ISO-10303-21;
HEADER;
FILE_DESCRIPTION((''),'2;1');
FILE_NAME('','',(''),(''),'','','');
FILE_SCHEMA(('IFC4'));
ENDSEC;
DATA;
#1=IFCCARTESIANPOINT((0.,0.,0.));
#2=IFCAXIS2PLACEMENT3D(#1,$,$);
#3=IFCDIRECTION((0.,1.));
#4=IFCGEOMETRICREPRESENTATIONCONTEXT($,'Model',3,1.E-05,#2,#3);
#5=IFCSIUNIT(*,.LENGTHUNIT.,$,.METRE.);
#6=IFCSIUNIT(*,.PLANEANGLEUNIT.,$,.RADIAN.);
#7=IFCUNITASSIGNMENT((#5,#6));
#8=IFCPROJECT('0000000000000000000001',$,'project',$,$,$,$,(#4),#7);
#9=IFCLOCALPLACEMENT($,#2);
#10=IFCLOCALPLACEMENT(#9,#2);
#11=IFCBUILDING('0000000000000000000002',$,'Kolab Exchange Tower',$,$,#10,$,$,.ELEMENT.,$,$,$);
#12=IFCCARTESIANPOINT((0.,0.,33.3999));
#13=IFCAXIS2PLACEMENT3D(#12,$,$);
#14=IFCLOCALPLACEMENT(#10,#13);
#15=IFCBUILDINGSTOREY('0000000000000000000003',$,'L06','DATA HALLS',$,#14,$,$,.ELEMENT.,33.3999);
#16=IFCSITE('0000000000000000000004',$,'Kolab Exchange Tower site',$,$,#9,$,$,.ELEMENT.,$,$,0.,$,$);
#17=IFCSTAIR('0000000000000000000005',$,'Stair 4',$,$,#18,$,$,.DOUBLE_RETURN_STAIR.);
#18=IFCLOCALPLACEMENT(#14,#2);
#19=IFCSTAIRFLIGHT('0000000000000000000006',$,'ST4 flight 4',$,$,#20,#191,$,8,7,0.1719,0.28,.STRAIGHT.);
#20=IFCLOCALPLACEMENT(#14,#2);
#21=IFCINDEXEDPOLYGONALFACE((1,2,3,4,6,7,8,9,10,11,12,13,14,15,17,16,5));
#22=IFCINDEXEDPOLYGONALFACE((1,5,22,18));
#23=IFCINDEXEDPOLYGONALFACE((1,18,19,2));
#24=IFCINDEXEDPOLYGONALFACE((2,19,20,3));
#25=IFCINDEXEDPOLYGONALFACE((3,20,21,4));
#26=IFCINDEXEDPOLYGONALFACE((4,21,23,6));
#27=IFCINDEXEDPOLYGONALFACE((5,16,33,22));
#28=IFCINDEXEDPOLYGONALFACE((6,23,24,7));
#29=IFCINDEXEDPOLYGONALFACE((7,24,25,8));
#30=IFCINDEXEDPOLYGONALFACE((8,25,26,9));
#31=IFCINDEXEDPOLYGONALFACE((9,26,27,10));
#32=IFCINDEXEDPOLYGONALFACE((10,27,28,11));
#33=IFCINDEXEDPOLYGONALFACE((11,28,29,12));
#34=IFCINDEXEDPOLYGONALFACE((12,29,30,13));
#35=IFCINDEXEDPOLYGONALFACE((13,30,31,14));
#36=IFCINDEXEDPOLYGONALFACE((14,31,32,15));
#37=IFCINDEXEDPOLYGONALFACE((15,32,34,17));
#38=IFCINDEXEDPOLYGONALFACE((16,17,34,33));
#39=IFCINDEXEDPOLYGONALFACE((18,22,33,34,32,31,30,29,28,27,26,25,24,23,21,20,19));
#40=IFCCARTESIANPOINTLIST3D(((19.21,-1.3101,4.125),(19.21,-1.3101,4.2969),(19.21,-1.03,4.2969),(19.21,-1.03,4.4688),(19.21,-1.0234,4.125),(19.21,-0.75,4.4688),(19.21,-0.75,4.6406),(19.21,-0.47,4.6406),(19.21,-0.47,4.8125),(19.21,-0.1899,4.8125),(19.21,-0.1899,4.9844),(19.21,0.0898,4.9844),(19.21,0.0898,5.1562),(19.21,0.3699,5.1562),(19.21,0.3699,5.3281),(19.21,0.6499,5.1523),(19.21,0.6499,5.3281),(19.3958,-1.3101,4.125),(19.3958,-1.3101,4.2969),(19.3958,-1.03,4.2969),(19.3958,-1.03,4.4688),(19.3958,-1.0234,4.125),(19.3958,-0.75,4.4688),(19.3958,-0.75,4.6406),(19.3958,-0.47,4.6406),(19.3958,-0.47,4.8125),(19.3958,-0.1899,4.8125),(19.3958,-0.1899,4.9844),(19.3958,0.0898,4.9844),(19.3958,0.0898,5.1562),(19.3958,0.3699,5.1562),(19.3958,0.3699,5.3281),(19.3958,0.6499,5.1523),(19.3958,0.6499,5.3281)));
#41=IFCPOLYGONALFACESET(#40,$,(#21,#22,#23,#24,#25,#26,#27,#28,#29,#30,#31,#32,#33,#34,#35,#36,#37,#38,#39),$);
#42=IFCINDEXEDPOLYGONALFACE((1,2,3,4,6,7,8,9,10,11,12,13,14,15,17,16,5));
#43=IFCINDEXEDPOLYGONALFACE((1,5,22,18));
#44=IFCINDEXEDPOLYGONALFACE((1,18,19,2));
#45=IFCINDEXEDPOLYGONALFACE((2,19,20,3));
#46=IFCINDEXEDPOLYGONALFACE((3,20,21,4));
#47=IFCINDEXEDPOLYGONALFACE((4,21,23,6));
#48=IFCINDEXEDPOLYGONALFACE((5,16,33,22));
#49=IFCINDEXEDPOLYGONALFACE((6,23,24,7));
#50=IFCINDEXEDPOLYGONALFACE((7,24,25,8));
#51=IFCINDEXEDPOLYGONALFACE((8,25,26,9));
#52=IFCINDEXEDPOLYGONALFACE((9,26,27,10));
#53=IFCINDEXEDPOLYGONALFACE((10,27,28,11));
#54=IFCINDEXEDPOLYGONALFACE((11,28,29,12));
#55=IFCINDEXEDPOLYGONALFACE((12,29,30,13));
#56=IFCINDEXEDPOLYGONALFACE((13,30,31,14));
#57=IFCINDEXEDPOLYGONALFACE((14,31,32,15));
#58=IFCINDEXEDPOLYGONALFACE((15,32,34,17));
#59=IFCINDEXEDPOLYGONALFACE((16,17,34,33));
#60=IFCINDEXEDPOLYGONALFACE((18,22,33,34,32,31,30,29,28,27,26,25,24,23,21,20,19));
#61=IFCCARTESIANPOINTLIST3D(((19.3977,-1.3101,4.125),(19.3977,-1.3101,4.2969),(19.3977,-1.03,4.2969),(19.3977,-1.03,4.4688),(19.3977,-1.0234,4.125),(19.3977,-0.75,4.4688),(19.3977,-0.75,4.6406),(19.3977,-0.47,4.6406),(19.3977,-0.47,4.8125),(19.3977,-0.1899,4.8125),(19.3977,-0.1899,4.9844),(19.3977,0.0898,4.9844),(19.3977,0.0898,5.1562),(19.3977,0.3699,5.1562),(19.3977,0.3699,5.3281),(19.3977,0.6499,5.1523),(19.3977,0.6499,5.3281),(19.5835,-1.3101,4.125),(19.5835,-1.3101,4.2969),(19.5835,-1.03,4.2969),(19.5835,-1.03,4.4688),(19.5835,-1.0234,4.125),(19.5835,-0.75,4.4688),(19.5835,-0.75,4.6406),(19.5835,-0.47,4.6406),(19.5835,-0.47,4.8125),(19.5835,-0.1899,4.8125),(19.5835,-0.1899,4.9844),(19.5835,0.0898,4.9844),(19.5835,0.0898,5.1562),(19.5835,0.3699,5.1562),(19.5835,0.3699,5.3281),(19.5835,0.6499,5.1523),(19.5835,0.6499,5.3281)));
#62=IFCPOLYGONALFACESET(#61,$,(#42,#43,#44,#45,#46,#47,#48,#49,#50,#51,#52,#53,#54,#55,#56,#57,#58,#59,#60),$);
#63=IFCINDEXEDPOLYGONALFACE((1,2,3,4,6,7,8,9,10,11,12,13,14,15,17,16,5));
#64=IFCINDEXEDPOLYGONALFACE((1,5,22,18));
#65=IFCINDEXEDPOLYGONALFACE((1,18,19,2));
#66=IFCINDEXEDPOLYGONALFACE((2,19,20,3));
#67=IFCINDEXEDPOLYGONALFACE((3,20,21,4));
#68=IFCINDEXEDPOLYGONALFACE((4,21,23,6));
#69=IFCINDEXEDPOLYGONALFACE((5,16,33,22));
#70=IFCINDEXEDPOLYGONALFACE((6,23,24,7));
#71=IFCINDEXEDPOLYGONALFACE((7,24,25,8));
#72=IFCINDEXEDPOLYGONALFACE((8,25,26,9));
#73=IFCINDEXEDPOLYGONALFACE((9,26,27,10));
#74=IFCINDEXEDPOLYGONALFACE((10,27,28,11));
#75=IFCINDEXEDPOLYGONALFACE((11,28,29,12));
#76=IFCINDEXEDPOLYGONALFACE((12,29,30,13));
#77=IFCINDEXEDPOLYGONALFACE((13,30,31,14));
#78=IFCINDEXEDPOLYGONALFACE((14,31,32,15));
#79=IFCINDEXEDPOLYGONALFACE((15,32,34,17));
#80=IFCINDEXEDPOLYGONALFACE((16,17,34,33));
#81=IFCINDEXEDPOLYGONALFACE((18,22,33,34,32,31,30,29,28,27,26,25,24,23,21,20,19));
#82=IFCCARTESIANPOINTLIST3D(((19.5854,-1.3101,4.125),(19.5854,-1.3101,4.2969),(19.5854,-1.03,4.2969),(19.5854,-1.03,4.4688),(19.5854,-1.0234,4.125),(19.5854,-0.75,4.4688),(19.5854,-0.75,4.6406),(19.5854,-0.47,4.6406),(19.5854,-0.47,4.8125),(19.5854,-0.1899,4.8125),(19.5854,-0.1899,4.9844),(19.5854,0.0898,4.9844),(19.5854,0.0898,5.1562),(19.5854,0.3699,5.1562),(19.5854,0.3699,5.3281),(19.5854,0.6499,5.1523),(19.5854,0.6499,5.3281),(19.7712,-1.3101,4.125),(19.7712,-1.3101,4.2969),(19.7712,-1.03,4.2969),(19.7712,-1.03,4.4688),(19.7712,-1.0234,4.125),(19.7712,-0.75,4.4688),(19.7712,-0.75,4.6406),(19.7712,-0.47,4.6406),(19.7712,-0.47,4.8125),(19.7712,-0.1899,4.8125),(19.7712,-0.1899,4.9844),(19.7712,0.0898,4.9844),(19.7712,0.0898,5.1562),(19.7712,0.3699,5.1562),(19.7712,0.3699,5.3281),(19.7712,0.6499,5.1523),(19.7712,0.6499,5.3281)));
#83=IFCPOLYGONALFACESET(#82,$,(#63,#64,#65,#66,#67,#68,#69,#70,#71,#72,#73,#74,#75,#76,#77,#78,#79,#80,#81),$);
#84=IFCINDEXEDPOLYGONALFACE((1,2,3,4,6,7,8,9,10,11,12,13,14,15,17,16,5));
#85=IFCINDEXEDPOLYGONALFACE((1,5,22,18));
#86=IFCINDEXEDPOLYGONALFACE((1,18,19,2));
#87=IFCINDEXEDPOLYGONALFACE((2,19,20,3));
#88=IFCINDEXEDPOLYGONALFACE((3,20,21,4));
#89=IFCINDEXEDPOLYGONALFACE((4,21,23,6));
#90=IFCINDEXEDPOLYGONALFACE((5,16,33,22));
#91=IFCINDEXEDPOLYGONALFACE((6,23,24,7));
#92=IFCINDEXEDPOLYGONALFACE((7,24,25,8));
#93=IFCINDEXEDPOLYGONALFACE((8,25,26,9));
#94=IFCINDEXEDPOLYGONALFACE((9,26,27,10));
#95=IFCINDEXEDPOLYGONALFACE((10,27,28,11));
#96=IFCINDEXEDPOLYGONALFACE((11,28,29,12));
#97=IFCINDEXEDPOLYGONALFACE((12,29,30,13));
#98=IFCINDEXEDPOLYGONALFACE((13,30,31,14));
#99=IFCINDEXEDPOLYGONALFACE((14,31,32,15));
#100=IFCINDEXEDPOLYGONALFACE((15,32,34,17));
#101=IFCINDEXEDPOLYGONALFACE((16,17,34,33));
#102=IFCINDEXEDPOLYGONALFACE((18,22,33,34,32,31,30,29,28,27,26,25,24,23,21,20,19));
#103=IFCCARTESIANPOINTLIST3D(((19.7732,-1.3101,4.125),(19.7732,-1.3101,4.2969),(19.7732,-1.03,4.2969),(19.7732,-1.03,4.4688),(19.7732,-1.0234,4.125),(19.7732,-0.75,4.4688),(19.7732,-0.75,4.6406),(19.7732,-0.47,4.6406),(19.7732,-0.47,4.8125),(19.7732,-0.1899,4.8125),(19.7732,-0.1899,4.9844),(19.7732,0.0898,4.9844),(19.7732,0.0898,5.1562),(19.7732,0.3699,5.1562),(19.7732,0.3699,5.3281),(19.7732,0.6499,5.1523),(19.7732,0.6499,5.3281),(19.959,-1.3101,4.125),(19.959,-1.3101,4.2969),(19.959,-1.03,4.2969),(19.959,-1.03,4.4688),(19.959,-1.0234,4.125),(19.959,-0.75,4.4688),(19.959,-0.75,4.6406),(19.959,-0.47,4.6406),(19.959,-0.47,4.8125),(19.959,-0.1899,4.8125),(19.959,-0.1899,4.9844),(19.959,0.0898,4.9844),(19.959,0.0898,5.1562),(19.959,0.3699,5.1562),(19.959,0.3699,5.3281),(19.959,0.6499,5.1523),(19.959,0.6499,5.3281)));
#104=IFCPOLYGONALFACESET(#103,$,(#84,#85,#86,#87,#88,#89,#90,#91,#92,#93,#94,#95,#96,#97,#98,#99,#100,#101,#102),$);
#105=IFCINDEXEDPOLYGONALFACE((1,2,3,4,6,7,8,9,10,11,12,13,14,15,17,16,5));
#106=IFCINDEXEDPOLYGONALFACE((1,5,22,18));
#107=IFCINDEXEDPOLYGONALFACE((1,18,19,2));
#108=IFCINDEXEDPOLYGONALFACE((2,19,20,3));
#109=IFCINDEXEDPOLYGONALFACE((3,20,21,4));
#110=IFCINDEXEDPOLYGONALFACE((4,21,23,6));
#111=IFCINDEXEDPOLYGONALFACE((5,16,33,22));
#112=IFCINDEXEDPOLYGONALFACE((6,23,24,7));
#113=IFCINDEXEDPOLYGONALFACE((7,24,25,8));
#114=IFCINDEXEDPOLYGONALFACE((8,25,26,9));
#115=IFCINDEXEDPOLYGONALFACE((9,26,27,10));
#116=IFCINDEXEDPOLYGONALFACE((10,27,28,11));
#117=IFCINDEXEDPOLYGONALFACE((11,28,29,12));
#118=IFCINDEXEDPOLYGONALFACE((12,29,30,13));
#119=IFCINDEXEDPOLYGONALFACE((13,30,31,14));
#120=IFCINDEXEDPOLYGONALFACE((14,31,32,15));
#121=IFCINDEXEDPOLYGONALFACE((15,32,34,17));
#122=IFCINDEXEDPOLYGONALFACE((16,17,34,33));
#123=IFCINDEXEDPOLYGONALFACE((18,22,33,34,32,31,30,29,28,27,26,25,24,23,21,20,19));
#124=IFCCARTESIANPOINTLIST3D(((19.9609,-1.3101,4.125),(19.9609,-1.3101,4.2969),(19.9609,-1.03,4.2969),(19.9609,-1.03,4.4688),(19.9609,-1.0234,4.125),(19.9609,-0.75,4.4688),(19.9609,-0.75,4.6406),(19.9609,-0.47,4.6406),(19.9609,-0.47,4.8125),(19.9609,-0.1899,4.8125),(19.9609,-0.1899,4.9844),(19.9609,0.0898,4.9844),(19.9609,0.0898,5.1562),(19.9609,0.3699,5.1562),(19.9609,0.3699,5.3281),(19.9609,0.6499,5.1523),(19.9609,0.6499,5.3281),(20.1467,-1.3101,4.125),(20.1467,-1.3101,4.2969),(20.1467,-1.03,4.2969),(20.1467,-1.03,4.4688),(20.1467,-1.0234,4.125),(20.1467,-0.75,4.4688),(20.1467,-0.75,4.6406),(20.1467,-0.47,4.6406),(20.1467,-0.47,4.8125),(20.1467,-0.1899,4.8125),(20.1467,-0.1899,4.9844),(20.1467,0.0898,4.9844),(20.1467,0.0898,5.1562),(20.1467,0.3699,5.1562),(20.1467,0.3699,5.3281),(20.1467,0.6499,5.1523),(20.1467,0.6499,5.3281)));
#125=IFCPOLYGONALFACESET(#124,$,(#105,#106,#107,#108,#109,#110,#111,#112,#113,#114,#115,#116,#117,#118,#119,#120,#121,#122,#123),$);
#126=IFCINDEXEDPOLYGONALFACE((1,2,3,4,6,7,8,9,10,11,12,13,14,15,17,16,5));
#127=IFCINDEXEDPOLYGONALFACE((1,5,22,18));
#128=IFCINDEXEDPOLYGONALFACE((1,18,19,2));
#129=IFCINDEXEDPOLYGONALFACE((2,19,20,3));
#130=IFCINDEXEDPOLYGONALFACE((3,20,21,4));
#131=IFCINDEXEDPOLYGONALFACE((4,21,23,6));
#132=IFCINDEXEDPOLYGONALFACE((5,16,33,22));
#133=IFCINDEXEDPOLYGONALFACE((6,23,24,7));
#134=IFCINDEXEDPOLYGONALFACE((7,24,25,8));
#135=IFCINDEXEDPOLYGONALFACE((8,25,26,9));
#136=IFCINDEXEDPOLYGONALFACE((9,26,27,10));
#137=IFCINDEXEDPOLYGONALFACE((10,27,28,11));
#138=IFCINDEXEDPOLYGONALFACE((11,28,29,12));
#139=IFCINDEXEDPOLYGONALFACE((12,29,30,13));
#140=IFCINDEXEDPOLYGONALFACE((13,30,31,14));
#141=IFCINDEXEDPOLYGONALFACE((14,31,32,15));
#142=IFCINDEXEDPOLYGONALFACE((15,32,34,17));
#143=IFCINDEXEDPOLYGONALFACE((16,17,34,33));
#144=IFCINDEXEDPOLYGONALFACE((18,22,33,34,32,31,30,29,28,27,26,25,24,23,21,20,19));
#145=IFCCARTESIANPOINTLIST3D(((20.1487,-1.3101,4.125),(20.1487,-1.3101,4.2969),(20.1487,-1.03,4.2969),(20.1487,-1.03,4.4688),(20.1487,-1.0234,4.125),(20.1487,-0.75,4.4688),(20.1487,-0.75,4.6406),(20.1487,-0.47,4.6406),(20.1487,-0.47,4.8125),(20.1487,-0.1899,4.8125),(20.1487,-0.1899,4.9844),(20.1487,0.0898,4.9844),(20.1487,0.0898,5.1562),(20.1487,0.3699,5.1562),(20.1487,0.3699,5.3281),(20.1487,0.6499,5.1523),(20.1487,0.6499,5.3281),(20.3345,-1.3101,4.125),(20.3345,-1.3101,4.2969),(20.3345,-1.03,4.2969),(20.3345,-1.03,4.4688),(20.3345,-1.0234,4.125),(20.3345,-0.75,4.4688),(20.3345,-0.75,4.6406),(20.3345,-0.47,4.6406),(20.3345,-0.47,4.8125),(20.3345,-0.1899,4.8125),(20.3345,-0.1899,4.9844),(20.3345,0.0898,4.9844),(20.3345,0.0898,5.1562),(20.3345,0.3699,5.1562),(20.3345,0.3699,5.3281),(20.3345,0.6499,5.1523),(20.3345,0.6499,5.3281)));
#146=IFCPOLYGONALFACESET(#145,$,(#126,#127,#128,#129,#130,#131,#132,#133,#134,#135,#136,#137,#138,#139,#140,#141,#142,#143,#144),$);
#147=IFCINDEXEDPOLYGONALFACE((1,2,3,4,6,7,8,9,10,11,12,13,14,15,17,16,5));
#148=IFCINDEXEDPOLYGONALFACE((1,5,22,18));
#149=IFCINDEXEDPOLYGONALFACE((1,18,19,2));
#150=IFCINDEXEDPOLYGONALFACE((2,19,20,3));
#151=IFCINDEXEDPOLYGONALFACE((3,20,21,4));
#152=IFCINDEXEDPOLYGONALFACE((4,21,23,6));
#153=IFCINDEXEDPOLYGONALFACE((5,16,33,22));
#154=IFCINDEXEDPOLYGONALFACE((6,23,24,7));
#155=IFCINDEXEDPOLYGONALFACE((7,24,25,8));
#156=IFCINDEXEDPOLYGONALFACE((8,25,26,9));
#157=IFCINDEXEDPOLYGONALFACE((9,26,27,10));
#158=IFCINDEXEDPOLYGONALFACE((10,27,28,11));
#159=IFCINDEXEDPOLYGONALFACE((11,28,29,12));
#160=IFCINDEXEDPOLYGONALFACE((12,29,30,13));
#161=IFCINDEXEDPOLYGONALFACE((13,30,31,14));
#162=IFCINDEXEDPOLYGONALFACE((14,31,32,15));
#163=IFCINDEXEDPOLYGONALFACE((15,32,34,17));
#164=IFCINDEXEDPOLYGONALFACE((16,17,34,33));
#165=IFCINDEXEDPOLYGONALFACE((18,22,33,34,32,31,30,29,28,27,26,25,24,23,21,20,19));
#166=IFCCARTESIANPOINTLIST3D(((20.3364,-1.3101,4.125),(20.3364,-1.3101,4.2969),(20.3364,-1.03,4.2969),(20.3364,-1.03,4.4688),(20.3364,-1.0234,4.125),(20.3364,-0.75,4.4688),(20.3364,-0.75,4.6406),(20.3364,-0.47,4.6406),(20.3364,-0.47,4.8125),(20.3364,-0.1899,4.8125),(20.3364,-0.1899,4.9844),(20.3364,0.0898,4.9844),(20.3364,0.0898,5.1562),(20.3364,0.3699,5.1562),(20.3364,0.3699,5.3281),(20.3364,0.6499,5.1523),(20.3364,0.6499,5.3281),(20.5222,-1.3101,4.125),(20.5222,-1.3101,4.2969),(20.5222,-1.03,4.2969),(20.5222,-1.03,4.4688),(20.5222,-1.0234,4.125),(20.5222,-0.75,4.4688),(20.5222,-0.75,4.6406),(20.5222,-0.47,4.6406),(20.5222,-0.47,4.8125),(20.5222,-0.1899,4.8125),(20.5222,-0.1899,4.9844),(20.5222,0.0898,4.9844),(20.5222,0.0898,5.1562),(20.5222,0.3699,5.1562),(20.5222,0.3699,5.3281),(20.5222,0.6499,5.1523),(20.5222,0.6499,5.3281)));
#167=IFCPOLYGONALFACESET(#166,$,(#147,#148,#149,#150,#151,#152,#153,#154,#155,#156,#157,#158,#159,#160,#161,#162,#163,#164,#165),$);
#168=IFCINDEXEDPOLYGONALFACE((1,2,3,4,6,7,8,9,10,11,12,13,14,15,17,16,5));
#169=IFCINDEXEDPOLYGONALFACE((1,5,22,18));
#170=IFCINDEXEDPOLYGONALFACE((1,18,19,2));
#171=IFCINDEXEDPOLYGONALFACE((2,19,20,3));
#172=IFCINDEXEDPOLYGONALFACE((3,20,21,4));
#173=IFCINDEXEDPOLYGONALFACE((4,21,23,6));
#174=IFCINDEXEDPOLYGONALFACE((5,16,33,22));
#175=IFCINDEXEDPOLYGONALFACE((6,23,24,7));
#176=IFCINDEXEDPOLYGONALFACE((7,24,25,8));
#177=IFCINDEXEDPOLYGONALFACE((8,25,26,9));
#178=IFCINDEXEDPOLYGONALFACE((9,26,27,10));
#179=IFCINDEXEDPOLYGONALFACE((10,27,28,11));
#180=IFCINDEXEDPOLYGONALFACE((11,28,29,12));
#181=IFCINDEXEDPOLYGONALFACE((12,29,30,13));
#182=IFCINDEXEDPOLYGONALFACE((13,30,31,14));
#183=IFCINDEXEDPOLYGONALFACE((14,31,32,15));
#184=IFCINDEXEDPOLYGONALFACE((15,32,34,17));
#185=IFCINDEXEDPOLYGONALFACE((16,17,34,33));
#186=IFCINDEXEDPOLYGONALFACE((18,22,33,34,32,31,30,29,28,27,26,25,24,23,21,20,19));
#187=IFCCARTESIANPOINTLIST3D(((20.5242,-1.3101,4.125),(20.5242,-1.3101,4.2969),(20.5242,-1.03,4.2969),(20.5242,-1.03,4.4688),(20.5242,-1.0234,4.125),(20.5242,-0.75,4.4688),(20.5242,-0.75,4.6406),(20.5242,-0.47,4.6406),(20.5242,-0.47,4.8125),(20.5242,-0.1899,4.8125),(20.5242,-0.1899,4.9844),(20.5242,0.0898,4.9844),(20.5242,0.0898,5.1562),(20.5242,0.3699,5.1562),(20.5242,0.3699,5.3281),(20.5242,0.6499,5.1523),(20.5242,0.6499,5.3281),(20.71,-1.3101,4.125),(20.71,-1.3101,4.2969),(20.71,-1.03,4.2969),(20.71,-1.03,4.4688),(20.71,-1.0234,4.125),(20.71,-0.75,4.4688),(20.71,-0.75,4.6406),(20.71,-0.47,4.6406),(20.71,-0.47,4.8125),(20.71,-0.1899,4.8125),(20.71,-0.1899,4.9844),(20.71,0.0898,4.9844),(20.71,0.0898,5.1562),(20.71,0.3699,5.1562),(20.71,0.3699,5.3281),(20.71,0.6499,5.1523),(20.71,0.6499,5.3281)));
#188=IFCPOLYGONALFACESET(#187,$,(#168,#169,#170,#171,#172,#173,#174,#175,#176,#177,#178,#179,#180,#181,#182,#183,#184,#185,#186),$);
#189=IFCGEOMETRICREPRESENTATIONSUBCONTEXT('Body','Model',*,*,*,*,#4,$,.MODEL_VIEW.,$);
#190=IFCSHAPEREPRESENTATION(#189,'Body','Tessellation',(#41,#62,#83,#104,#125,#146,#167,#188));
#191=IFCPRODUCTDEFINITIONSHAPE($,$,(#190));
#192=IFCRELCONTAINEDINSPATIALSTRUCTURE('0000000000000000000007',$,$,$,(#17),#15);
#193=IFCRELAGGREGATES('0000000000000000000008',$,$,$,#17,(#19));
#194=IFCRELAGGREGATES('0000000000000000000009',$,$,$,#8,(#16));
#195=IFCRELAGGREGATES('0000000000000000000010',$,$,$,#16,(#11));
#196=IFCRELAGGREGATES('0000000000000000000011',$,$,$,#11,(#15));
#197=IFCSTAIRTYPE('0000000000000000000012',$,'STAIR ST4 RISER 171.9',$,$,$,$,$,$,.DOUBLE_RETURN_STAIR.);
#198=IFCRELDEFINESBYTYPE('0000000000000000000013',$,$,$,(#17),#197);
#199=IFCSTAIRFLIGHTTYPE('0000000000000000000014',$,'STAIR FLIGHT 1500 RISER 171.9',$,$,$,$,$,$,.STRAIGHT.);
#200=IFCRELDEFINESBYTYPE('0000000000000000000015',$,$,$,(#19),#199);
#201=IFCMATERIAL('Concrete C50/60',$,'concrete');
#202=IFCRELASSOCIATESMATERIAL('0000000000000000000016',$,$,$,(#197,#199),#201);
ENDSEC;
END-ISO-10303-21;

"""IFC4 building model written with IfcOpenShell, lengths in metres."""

from ifc_helpers import new_model, si_unit, direction, frame, origin, place, context, subcontext, project, spatial, polyline, outline, extrude, material, type_object, element, aggregate, save


model = new_model("IFC4")

# Units and contexts
model_context = context("Model", 3, precision=1e-05, world=origin(), true_north=direction((0.0, 1.0)))
body_context = subcontext(model_context, "Body", "Model", "MODEL_VIEW")
ifc_project = project(units=[si_unit("LENGTHUNIT", "METRE"), si_unit("PLANEANGLEUNIT", "RADIAN")], contexts=[model_context])

# Site, building, storey
site_placement = place(None, origin())
site = spatial("IfcSite", under=ifc_project, at=site_placement, Name="Kolab Exchange Tower site", CompositionType="ELEMENT", RefElevation=0.0)
building_placement = place(site_placement, origin())
building = spatial("IfcBuilding", under=site, at=building_placement, Name="Kolab Exchange Tower", CompositionType="ELEMENT")
storey_placement = place(building_placement, frame((0.0, 0.0, 33.3999)))
storey = spatial("IfcBuildingStorey", under=building, at=storey_placement, Name="L06", Description="DATA HALLS", CompositionType="ELEMENT", Elevation=33.3999)

# Shared definitions
ifc_material_1 = material(Name="Concrete C50/60", Category="concrete")

# Stair, stair flight
stair_type = type_object("IfcStairType", Name="STAIR ST4 RISER 171.9", PredefinedType="DOUBLE_RETURN_STAIR", material=ifc_material_1)
stair_placement = place(storey_placement, origin())
stair = element("IfcStair", 1, at=stair_placement, inside=storey, type_object=stair_type, Name="Stair 4", PredefinedType="DOUBLE_RETURN_STAIR")
stair_flight_type = type_object("IfcStairFlightType", Name="STAIR FLIGHT 1500 RISER 171.9", PredefinedType="STRAIGHT", material=ifc_material_1)
stair_flight_1_placement = place(storey_placement, frame((19.96, -1.3101, 4.125), z_axis=(0.0, 0.0, 1.0), x_axis=(0.0, 1.0, 0.0)))
stair_flight_1 = element("IfcStairFlight", 2, at=stair_flight_1_placement, type_object=stair_flight_type, Name="ST4 flight 4", NumberOfRisers=8, NumberOfTreads=7, PredefinedType="STRAIGHT", RiserHeight=0.1719, TreadLength=0.28, context=body_context, shape_type="SweptSolid", body=[
    extrude(outline(polyline([(0.0, 0.0), (0.0, 0.1719), (0.28, 0.1719), (0.28, 0.3438), (0.5601, 0.3438), (0.5601, 0.5156), (0.8401, 0.5156), (0.8401, 0.6875), (1.1201, 0.6875), (1.1201, 0.8594), (1.3999, 0.8594), (1.3999, 1.0312), (1.6799, 1.0312), (1.6799, 1.2031), (1.96, 1.2031), (1.96, 1.375), (1.96, 1.0273), (0.2866, 0.0), (0.0, 0.0)])), frame((0.0, 0.75, 0.0), z_axis=(0.0, -1.0, 0.0), x_axis=(1.0, 0.0, 0.0)), (0.0, 0.0, 1.0), 0.1858),
    extrude(outline(polyline([(0.0, 0.0), (0.0, 0.1719), (0.28, 0.1719), (0.28, 0.3438), (0.5601, 0.3438), (0.5601, 0.5156), (0.8401, 0.5156), (0.8401, 0.6875), (1.1201, 0.6875), (1.1201, 0.8594), (1.3999, 0.8594), (1.3999, 1.0312), (1.6799, 1.0312), (1.6799, 1.2031), (1.96, 1.2031), (1.96, 1.375), (1.96, 1.0273), (0.2866, 0.0), (0.0, 0.0)])), frame((0.0, 0.5623, 0.0), z_axis=(0.0, -1.0, 0.0), x_axis=(1.0, 0.0, 0.0)), (0.0, 0.0, 1.0), 0.1858),
    extrude(outline(polyline([(0.0, 0.0), (0.0, 0.1719), (0.28, 0.1719), (0.28, 0.3438), (0.5601, 0.3438), (0.5601, 0.5156), (0.8401, 0.5156), (0.8401, 0.6875), (1.1201, 0.6875), (1.1201, 0.8594), (1.3999, 0.8594), (1.3999, 1.0312), (1.6799, 1.0312), (1.6799, 1.2031), (1.96, 1.2031), (1.96, 1.375), (1.96, 1.0273), (0.2866, 0.0), (0.0, 0.0)])), frame((0.0, 0.3745, 0.0), z_axis=(0.0, -1.0, 0.0), x_axis=(1.0, 0.0, 0.0)), (0.0, 0.0, 1.0), 0.1858),
    extrude(outline(polyline([(0.0, 0.0), (0.0, 0.1719), (0.28, 0.1719), (0.28, 0.3438), (0.5601, 0.3438), (0.5601, 0.5156), (0.8401, 0.5156), (0.8401, 0.6875), (1.1201, 0.6875), (1.1201, 0.8594), (1.3999, 0.8594), (1.3999, 1.0312), (1.6799, 1.0312), (1.6799, 1.2031), (1.96, 1.2031), (1.96, 1.375), (1.96, 1.0273), (0.2866, 0.0), (0.0, 0.0)])), frame((0.0, 0.1868, 0.0), z_axis=(0.0, -1.0, 0.0), x_axis=(1.0, 0.0, 0.0)), (0.0, 0.0, 1.0), 0.1858),
    extrude(outline(polyline([(0.0, 0.0), (0.0, 0.1719), (0.28, 0.1719), (0.28, 0.3438), (0.5601, 0.3438), (0.5601, 0.5156), (0.8401, 0.5156), (0.8401, 0.6875), (1.1201, 0.6875), (1.1201, 0.8594), (1.3999, 0.8594), (1.3999, 1.0312), (1.6799, 1.0312), (1.6799, 1.2031), (1.96, 1.2031), (1.96, 1.375), (1.96, 1.0273), (0.2866, 0.0), (0.0, 0.0)])), frame((0.0, -0.001, 0.0), z_axis=(0.0, -1.0, 0.0), x_axis=(1.0, 0.0, 0.0)), (0.0, 0.0, 1.0), 0.1858),
    extrude(outline(polyline([(0.0, 0.0), (0.0, 0.1719), (0.28, 0.1719), (0.28, 0.3438), (0.5601, 0.3438), (0.5601, 0.5156), (0.8401, 0.5156), (0.8401, 0.6875), (1.1201, 0.6875), (1.1201, 0.8594), (1.3999, 0.8594), (1.3999, 1.0312), (1.6799, 1.0312), (1.6799, 1.2031), (1.96, 1.2031), (1.96, 1.375), (1.96, 1.0273), (0.2866, 0.0), (0.0, 0.0)])), frame((0.0, -0.1887, 0.0), z_axis=(0.0, -1.0, 0.0), x_axis=(1.0, 0.0, 0.0)), (0.0, 0.0, 1.0), 0.1858),
    extrude(outline(polyline([(0.0, 0.0), (0.0, 0.1719), (0.28, 0.1719), (0.28, 0.3438), (0.5601, 0.3438), (0.5601, 0.5156), (0.8401, 0.5156), (0.8401, 0.6875), (1.1201, 0.6875), (1.1201, 0.8594), (1.3999, 0.8594), (1.3999, 1.0312), (1.6799, 1.0312), (1.6799, 1.2031), (1.96, 1.2031), (1.96, 1.375), (1.96, 1.0273), (0.2866, 0.0), (0.0, 0.0)])), frame((0.0, -0.3765, 0.0), z_axis=(0.0, -1.0, 0.0), x_axis=(1.0, 0.0, 0.0)), (0.0, 0.0, 1.0), 0.1858),
    extrude(outline(polyline([(0.0, 0.0), (0.0, 0.1719), (0.28, 0.1719), (0.28, 0.3438), (0.5601, 0.3438), (0.5601, 0.5156), (0.8401, 0.5156), (0.8401, 0.6875), (1.1201, 0.6875), (1.1201, 0.8594), (1.3999, 0.8594), (1.3999, 1.0312), (1.6799, 1.0312), (1.6799, 1.2031), (1.96, 1.2031), (1.96, 1.375), (1.96, 1.0273), (0.2866, 0.0), (0.0, 0.0)])), frame((0.0, -0.5642, 0.0), z_axis=(0.0, -1.0, 0.0), x_axis=(1.0, 0.0, 0.0)), (0.0, 0.0, 1.0), 0.1858),
])
aggregate(stair, [stair_flight_1])

save(model, "model.ifc")
